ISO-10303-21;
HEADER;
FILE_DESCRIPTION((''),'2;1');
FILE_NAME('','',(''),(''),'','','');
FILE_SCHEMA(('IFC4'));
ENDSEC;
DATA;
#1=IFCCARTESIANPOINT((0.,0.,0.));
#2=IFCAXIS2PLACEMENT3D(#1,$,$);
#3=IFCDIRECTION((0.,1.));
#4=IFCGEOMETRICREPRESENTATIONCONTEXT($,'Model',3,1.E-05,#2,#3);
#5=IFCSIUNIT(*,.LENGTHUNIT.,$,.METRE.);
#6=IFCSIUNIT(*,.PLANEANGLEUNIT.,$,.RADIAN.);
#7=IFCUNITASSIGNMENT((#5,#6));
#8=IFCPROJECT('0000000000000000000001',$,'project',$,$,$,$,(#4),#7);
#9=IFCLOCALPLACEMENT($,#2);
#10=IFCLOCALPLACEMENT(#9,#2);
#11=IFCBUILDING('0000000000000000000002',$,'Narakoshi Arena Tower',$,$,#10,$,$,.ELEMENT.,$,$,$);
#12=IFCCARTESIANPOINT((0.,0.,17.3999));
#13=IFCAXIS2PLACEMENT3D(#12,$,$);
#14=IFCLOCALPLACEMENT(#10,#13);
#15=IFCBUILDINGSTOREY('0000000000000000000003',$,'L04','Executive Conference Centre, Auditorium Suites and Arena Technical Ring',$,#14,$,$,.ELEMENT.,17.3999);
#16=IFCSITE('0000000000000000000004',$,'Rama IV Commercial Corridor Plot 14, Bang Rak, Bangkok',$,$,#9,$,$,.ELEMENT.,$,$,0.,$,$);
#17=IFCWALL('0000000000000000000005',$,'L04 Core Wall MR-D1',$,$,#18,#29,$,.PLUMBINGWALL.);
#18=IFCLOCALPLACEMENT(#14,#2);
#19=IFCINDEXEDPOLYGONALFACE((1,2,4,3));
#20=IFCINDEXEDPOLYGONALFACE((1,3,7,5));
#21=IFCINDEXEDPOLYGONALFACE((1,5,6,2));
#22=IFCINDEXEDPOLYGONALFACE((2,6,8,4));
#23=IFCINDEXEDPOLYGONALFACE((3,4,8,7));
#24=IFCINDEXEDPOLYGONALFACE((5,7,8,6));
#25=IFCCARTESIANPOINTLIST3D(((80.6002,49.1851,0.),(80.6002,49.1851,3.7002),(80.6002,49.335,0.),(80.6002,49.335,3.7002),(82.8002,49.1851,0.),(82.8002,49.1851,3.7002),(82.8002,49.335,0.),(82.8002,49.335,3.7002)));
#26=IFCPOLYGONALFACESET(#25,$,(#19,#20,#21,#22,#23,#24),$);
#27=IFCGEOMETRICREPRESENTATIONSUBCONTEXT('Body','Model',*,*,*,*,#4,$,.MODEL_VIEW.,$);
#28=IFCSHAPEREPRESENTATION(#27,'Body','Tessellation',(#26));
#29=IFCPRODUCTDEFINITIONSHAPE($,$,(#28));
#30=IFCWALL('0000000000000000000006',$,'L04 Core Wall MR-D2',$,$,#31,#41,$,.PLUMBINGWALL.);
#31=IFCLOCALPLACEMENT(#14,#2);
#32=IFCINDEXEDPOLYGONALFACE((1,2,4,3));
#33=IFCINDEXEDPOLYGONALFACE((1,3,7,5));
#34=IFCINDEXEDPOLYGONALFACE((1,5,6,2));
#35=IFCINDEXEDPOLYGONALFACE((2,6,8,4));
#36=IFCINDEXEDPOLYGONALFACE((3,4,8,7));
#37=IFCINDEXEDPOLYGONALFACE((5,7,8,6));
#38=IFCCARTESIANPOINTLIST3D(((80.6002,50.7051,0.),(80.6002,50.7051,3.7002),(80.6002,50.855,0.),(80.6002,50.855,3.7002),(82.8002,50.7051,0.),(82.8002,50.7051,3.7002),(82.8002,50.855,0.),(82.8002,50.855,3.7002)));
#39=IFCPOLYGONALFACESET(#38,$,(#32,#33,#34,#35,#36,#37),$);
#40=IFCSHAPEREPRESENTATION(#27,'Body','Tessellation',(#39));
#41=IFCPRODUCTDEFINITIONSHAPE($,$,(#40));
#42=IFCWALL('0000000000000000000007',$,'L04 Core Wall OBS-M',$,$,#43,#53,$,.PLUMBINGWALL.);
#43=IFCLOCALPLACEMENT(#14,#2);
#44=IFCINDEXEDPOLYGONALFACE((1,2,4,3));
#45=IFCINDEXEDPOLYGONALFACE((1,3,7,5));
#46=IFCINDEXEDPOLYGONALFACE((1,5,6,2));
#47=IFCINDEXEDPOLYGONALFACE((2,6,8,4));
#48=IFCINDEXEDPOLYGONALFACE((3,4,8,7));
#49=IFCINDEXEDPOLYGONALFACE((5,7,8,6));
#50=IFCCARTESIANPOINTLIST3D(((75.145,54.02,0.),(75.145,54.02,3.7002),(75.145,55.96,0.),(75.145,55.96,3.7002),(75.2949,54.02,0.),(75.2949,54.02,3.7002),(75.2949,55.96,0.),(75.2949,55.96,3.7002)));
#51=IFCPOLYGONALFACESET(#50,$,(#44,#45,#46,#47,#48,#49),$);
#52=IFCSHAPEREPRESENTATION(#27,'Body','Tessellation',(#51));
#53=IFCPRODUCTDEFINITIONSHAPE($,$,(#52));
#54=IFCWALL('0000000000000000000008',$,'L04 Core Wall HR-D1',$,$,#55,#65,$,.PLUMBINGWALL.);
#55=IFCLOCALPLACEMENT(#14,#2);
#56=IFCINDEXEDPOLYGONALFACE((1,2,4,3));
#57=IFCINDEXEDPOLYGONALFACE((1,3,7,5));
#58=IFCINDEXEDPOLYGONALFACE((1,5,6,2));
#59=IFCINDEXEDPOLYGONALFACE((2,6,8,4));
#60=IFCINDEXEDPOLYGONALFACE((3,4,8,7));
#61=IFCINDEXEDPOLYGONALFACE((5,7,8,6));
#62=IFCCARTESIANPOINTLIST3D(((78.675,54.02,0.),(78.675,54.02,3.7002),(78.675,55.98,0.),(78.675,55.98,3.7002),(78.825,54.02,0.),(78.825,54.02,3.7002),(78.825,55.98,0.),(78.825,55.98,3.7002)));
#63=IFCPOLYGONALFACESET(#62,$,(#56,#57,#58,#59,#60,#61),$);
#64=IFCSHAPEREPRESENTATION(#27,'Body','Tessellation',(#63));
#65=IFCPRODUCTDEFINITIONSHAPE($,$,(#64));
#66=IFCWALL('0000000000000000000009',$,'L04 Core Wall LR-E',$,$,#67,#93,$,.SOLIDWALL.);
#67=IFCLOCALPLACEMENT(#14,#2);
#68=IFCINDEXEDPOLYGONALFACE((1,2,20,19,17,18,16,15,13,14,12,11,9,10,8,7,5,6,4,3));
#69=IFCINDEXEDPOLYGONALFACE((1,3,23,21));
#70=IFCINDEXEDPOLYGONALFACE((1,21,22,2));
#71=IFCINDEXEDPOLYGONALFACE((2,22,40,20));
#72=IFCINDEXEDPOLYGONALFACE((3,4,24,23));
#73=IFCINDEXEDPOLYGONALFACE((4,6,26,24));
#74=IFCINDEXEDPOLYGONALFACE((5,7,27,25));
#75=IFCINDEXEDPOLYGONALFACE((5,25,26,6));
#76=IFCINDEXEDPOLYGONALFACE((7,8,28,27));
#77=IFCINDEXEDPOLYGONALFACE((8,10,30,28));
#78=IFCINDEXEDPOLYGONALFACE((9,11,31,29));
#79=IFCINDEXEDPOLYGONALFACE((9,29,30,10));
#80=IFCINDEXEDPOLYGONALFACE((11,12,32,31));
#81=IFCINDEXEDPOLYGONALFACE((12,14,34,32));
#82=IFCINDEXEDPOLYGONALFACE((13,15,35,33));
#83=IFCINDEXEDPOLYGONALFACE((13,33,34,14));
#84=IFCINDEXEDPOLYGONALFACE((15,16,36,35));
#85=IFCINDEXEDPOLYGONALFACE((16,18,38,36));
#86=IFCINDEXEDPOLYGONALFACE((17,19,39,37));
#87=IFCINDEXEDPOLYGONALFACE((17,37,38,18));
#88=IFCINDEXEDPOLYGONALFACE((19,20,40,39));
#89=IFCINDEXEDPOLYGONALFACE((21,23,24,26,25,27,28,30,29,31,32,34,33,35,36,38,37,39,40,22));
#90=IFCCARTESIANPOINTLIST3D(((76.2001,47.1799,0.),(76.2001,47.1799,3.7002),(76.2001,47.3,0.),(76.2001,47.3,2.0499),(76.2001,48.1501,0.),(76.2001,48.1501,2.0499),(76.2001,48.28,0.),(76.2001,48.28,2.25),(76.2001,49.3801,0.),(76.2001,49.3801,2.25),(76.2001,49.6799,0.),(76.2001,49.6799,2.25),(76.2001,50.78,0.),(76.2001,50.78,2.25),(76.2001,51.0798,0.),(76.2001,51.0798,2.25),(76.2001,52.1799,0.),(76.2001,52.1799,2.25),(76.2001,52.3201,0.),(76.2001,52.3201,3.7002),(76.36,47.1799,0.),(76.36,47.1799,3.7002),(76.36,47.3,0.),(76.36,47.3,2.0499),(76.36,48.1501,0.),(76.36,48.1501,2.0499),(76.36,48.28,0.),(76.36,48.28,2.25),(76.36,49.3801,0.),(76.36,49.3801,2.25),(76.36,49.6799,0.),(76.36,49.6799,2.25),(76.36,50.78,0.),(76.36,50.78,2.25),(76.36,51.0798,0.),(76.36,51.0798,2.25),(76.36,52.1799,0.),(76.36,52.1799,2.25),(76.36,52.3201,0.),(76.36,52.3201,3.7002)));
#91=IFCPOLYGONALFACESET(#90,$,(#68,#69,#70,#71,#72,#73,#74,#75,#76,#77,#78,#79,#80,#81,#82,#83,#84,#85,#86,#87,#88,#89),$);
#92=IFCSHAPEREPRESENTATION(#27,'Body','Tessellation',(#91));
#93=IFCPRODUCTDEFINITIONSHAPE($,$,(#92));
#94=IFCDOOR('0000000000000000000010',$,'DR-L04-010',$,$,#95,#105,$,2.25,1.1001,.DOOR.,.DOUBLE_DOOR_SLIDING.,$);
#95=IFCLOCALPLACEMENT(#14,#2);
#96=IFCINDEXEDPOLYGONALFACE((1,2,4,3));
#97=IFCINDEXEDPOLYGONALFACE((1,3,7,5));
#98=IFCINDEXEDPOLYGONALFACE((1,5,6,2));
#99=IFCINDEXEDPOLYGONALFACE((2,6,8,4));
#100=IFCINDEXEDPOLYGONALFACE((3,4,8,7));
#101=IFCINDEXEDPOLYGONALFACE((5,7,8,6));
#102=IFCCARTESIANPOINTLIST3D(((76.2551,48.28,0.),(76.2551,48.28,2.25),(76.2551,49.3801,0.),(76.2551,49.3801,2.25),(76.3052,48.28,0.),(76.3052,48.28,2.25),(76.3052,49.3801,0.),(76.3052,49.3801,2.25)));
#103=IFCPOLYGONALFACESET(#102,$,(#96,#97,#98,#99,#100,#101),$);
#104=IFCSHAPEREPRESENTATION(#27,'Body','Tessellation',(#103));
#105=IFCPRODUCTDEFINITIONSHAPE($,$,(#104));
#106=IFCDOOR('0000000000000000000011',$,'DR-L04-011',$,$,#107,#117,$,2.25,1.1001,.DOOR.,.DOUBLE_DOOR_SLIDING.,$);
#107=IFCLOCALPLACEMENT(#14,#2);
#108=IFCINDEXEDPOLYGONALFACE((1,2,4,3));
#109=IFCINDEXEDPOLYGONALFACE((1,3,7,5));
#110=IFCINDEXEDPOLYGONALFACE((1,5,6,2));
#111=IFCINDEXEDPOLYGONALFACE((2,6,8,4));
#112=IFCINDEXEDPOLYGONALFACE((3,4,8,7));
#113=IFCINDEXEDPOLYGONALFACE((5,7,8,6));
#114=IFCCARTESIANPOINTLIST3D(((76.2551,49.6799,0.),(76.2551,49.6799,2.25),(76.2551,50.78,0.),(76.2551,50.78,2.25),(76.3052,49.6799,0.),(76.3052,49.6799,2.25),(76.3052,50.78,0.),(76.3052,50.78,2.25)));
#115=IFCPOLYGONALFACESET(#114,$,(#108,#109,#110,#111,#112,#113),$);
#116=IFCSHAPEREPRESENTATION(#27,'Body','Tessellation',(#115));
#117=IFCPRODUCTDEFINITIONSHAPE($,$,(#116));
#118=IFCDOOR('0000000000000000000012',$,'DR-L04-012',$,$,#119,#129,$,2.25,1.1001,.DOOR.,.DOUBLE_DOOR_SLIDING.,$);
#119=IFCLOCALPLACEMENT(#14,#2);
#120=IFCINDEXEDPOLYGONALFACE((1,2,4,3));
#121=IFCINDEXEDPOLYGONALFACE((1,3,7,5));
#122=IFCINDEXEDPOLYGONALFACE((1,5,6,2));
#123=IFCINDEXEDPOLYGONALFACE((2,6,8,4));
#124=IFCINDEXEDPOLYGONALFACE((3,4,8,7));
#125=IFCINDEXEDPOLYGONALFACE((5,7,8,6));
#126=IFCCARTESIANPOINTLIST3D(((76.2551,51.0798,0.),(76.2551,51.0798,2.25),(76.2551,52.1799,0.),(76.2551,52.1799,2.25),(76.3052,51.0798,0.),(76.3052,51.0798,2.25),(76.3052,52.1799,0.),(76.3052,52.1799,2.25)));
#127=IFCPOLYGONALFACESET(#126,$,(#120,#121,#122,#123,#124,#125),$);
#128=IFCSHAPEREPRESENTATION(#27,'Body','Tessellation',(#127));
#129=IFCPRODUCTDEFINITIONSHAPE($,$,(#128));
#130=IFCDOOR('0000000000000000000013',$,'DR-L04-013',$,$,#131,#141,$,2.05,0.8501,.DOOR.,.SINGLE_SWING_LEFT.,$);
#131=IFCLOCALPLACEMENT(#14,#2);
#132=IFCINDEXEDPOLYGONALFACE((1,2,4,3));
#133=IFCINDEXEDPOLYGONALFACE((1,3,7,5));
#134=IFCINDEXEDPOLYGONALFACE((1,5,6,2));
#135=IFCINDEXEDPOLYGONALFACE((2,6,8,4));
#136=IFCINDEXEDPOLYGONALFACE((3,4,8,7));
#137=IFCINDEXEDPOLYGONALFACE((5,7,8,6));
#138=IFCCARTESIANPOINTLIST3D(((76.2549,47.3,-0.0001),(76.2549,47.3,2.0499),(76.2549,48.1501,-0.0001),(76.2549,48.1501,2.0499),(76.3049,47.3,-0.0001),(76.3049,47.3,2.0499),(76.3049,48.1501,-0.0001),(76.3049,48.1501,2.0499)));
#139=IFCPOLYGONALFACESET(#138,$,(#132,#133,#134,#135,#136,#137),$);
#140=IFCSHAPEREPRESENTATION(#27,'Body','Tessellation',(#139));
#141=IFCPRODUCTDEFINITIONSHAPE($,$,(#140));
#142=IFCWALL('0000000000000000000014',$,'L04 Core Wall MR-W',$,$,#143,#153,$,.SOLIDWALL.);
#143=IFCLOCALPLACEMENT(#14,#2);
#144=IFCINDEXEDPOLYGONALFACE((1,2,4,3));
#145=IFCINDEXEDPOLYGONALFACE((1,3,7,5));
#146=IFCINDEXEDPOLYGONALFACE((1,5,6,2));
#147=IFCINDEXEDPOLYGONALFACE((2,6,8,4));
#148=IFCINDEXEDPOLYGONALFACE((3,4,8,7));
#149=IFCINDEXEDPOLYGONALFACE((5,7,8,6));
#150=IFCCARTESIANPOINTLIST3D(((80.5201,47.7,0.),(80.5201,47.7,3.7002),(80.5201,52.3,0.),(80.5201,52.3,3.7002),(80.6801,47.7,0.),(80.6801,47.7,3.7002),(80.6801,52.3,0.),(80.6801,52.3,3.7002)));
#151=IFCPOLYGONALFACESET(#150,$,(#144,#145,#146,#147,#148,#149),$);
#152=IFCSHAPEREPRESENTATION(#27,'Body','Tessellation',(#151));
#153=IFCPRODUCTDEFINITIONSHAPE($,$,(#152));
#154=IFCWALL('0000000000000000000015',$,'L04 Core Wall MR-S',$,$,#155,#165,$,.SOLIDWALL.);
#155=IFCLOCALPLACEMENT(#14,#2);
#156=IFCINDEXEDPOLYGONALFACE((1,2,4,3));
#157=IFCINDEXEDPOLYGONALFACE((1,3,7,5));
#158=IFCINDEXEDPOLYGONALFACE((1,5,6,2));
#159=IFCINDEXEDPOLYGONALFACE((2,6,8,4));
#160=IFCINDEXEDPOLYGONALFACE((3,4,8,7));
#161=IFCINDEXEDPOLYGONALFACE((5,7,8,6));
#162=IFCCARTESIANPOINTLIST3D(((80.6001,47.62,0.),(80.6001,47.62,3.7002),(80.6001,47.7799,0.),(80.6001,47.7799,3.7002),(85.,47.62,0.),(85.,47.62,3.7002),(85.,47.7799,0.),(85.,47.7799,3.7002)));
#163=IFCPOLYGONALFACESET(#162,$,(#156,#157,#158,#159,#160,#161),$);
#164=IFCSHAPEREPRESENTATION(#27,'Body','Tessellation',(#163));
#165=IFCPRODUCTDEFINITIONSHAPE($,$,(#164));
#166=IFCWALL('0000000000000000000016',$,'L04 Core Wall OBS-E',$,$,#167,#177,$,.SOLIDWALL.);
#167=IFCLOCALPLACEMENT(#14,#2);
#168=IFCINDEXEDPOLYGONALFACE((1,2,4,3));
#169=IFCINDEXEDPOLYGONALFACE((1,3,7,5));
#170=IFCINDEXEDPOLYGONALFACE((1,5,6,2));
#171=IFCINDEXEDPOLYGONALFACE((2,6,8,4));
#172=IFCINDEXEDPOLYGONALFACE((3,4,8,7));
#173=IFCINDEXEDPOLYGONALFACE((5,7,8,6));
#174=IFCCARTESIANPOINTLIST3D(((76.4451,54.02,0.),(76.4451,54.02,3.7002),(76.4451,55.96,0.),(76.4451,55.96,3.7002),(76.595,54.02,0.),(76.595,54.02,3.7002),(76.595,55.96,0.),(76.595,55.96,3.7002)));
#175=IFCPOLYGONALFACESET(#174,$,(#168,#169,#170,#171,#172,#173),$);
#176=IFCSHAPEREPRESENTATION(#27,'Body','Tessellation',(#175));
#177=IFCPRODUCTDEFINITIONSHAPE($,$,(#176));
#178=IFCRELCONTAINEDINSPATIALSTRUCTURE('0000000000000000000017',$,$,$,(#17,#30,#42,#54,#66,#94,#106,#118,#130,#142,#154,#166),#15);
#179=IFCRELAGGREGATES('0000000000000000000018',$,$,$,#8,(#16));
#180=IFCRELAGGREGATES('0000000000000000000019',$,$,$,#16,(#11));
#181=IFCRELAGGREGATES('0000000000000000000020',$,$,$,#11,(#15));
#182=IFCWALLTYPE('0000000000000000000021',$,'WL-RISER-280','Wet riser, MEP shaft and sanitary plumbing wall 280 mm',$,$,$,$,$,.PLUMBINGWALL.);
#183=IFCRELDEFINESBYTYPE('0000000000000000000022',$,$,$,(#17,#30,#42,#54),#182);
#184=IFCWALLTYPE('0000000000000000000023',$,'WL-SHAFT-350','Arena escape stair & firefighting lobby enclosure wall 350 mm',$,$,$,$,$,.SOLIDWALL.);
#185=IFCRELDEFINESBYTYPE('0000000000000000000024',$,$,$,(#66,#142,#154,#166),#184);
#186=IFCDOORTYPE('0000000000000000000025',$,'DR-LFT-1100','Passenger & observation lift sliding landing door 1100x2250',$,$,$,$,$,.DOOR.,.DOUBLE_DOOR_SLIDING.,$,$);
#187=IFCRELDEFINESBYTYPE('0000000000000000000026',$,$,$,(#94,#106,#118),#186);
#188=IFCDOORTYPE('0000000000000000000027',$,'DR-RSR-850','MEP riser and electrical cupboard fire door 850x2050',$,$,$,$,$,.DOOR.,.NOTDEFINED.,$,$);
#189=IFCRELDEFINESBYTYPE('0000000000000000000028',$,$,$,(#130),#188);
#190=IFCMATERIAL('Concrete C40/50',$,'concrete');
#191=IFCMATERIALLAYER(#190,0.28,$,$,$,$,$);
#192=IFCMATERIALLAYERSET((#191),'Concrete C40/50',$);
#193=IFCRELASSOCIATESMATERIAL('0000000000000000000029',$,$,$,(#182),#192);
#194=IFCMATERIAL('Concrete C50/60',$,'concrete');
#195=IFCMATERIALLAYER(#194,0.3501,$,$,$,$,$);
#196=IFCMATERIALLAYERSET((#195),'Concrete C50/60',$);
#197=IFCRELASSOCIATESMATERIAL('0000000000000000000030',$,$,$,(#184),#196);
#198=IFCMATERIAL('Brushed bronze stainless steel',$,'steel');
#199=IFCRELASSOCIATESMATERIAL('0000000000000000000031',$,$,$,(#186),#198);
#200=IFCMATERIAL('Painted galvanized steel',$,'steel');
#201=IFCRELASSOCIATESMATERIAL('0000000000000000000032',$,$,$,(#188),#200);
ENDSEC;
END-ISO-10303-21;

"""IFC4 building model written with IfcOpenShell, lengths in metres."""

from ifc_helpers import new_model, si_unit, direction, frame, frame_2d, origin, place, context, subcontext, project, spatial, rectangle, extrude, material, layer, layer_set, type_object, element, fill, save


model = new_model("IFC4")

# Units and contexts
model_context = context("Model", 3, precision=1e-05, world=origin(), true_north=direction((0.0, 1.0)))
body_context = subcontext(model_context, "Body", "Model", "MODEL_VIEW")
ifc_project = project(units=[si_unit("LENGTHUNIT", "METRE"), si_unit("PLANEANGLEUNIT", "RADIAN")], contexts=[model_context])

# Site, building, storey
site_placement = place(None, origin())
site = spatial("IfcSite", under=ifc_project, at=site_placement, Name="Rama IV Commercial Corridor Plot 14, Bang Rak, Bangkok", CompositionType="ELEMENT", RefElevation=0.0)
building_placement = place(site_placement, origin())
building = spatial("IfcBuilding", under=site, at=building_placement, Name="Narakoshi Arena Tower", CompositionType="ELEMENT")
storey_placement = place(building_placement, frame((0.0, 0.0, 17.3999)))
storey = spatial("IfcBuildingStorey", under=building, at=storey_placement, Name="L04", Description="Executive Conference Centre, Auditorium Suites and Arena Technical Ring", CompositionType="ELEMENT", Elevation=17.3999)

# Walls
ifc_material_1 = material(Name="Concrete C40/50", Category="concrete")
ifc_layer_1 = layer(ifc_material_1, 0.28)
ifc_layer_set_1 = layer_set([ifc_layer_1], Name="Concrete C40/50")
wall_type_1 = type_object("IfcWallType", Name="WL-RISER-280", Description="Wet riser, MEP shaft and sanitary plumbing wall 280 mm", PredefinedType="PLUMBINGWALL", material=ifc_layer_set_1)
for number, where, z_axis, x_axis, name in (
    (1, (80.6001, 49.26, 0.0), (0.0, 0.0, 1.0), (1.0, 0.0, 0.0), "L04 Core Wall MR-D1"),
    (2, (80.6001, 50.78, 0.0), (0.0, 0.0, 1.0), (1.0, 0.0, 0.0), "L04 Core Wall MR-D2"),
):
    element("IfcWall", number, at=place(storey_placement, frame(where, z_axis=z_axis, x_axis=x_axis)), inside=storey, type_object=wall_type_1, Name=name, PredefinedType="PLUMBINGWALL", context=body_context, shape_type="SweptSolid", body=[
        extrude(rectangle(XDim=2.2, YDim=0.1499, at=frame_2d((1.1001, 0.0))), origin(), (0.0, 0.0, 1.0), 3.7002),
    ])
wall_1_placement = place(storey_placement, frame((75.22, 54.02, 0.0), z_axis=(0.0, 0.0, 1.0), x_axis=(0.0, 1.0, 0.0)))
element("IfcWall", 3, at=wall_1_placement, inside=storey, type_object=wall_type_1, Name="L04 Core Wall OBS-M", PredefinedType="PLUMBINGWALL", context=body_context, shape_type="SweptSolid", body=[
    extrude(rectangle(XDim=1.9399, YDim=0.1499, at=frame_2d((0.97, 0.0))), origin(), (0.0, 0.0, 1.0), 3.7002),
])
wall_2_placement = place(storey_placement, frame((78.75, 54.02, 0.0), z_axis=(0.0, 0.0, 1.0), x_axis=(0.0, 1.0, 0.0)))
element("IfcWall", 4, at=wall_2_placement, inside=storey, type_object=wall_type_1, Name="L04 Core Wall HR-D1", PredefinedType="PLUMBINGWALL", context=body_context, shape_type="SweptSolid", body=[
    extrude(rectangle(XDim=1.96, YDim=0.1499, at=frame_2d((0.98, 0.0))), origin(), (0.0, 0.0, 1.0), 3.7002),
])

# Wall, openings, doors
ifc_material_2 = material(Name="Concrete C50/60", Category="concrete")
ifc_layer_2 = layer(ifc_material_2, 0.3501)
ifc_layer_set_2 = layer_set([ifc_layer_2], Name="Concrete C50/60")
wall_type_2 = type_object("IfcWallType", Name="WL-SHAFT-350", Description="Arena escape stair & firefighting lobby enclosure wall 350 mm", PredefinedType="SOLIDWALL", material=ifc_layer_set_2)
wall_3_placement = place(storey_placement, frame((76.28, 47.1799, 0.0), z_axis=(0.0, 0.0, 1.0), x_axis=(0.0, 1.0, 0.0)))
wall_3 = element("IfcWall", 5, at=wall_3_placement, inside=storey, type_object=wall_type_2, Name="L04 Core Wall LR-E", PredefinedType="SOLIDWALL", context=body_context, shape_type="SweptSolid", body=[
    extrude(rectangle(XDim=5.1401, YDim=0.1599, at=frame_2d((2.5701, 0.0))), origin(), (0.0, 0.0, 1.0), 3.7002),
])
opening_1_placement = place(wall_3_placement, frame((1.1001, 0.0, 0.0)))
opening_1 = element("IfcOpeningElement", 6, at=opening_1_placement, cuts=wall_3, PredefinedType="OPENING", context=body_context, shape_type="SweptSolid", body=[
    extrude(rectangle(XDim=1.1001, YDim=2.25, at=frame_2d((0.55, 1.125))), frame((0.0, 0.0898, 0.0), z_axis=(0.0, -1.0, 0.0), x_axis=(1.0, 0.0, 0.0)), (0.0, 0.0, 1.0), 0.1799),
])
opening_2_placement = place(wall_3_placement, frame((2.5, 0.0, 0.0)))
opening_2 = element("IfcOpeningElement", 7, at=opening_2_placement, cuts=wall_3, PredefinedType="OPENING", context=body_context, shape_type="SweptSolid", body=[
    extrude(rectangle(XDim=1.1001, YDim=2.25, at=frame_2d((0.55, 1.125))), frame((0.0, 0.0898, 0.0), z_axis=(0.0, -1.0, 0.0), x_axis=(1.0, 0.0, 0.0)), (0.0, 0.0, 1.0), 0.1799),
])
opening_3_placement = place(wall_3_placement, frame((3.8999, 0.0, 0.0)))
opening_3 = element("IfcOpeningElement", 8, at=opening_3_placement, cuts=wall_3, PredefinedType="OPENING", context=body_context, shape_type="SweptSolid", body=[
    extrude(rectangle(XDim=1.1001, YDim=2.25, at=frame_2d((0.55, 1.125))), frame((0.0, 0.0898, 0.0), z_axis=(0.0, -1.0, 0.0), x_axis=(1.0, 0.0, 0.0)), (0.0, 0.0, 1.0), 0.1799),
])
opening_4_placement = place(wall_3_placement, frame((0.1201, 0.0, 0.0)))
opening_4 = element("IfcOpeningElement", 9, at=opening_4_placement, cuts=wall_3, PredefinedType="OPENING", context=body_context, shape_type="SweptSolid", body=[
    extrude(rectangle(XDim=0.8501, YDim=2.05, at=frame_2d((0.425, 1.0249))), frame((0.0, 0.0898, 0.0), z_axis=(0.0, -1.0, 0.0), x_axis=(1.0, 0.0, 0.0)), (0.0, 0.0, 1.0), 0.1799),
])
ifc_material_3 = material(Name="Brushed bronze stainless steel", Category="steel")
door_type_1 = type_object("IfcDoorType", Name="DR-LFT-1100", Description="Passenger & observation lift sliding landing door 1100x2250", OperationType="DOUBLE_DOOR_SLIDING", PredefinedType="DOOR", material=ifc_material_3)
door_1_placement = place(opening_1_placement, origin())
door_1 = element("IfcDoor", 10, at=door_1_placement, inside=storey, type_object=door_type_1, Name="DR-L04-010", OperationType="DOUBLE_DOOR_SLIDING", OverallHeight=2.25, OverallWidth=1.1001, PredefinedType="DOOR", context=body_context, shape_type="SweptSolid", body=[
    extrude(rectangle(XDim=1.1001, YDim=2.25, at=frame_2d((0.55, 1.125))), frame((0.0, 0.0249, 0.0), z_axis=(0.0, -1.0, 0.0), x_axis=(1.0, 0.0, 0.0)), (0.0, 0.0, 1.0), 0.05),
])
fill(opening_1, door_1)
door_2_placement = place(opening_2_placement, origin())
door_2 = element("IfcDoor", 11, at=door_2_placement, inside=storey, type_object=door_type_1, Name="DR-L04-011", OperationType="DOUBLE_DOOR_SLIDING", OverallHeight=2.25, OverallWidth=1.1001, PredefinedType="DOOR", context=body_context, shape_type="SweptSolid", body=[
    extrude(rectangle(XDim=1.1001, YDim=2.25, at=frame_2d((0.55, 1.125))), frame((0.0, 0.0249, 0.0), z_axis=(0.0, -1.0, 0.0), x_axis=(1.0, 0.0, 0.0)), (0.0, 0.0, 1.0), 0.05),
])
fill(opening_2, door_2)
door_3_placement = place(opening_3_placement, origin())
door_3 = element("IfcDoor", 12, at=door_3_placement, inside=storey, type_object=door_type_1, Name="DR-L04-012", OperationType="DOUBLE_DOOR_SLIDING", OverallHeight=2.25, OverallWidth=1.1001, PredefinedType="DOOR", context=body_context, shape_type="SweptSolid", body=[
    extrude(rectangle(XDim=1.1001, YDim=2.25, at=frame_2d((0.55, 1.125))), frame((0.0, 0.0249, 0.0), z_axis=(0.0, -1.0, 0.0), x_axis=(1.0, 0.0, 0.0)), (0.0, 0.0, 1.0), 0.05),
])
fill(opening_3, door_3)
ifc_material_4 = material(Name="Painted galvanized steel", Category="steel")
door_type_2 = type_object("IfcDoorType", Name="DR-RSR-850", Description="MEP riser and electrical cupboard fire door 850x2050", OperationType="NOTDEFINED", PredefinedType="DOOR", material=ifc_material_4)
door_4_placement = place(opening_4_placement, frame((0.8501, 0.0, 0.0), z_axis=(0.0, 0.0, 1.0), x_axis=(-1.0, 0.0, 0.0)))
door_4 = element("IfcDoor", 13, at=door_4_placement, inside=storey, type_object=door_type_2, Name="DR-L04-013", OperationType="SINGLE_SWING_LEFT", OverallHeight=2.05, OverallWidth=0.8501, PredefinedType="DOOR", context=body_context, shape_type="SweptSolid", body=[
    extrude(rectangle(XDim=0.8501, YDim=2.05, at=frame_2d((0.425, 1.0249))), frame((0.0, 0.0249, 0.0), z_axis=(0.0, -1.0, 0.0), x_axis=(1.0, 0.0, 0.0)), (0.0, 0.0, 1.0), 0.05),
])
fill(opening_4, door_4)

# Walls
wall_4_placement = place(storey_placement, frame((80.6001, 47.7, 0.0), z_axis=(0.0, 0.0, 1.0), x_axis=(0.0, 1.0, 0.0)))
element("IfcWall", 14, at=wall_4_placement, inside=storey, type_object=wall_type_2, Name="L04 Core Wall MR-W", PredefinedType="SOLIDWALL", context=body_context, shape_type="SweptSolid", body=[
    extrude(rectangle(XDim=4.6001, YDim=0.1599, at=frame_2d((2.3, 0.0))), origin(), (0.0, 0.0, 1.0), 3.7002),
])
wall_5_placement = place(storey_placement, frame((80.6001, 47.7, 0.0), z_axis=(0.0, 0.0, 1.0), x_axis=(1.0, 0.0, 0.0)))
element("IfcWall", 15, at=wall_5_placement, inside=storey, type_object=wall_type_2, Name="L04 Core Wall MR-S", PredefinedType="SOLIDWALL", context=body_context, shape_type="SweptSolid", body=[
    extrude(rectangle(XDim=4.3999, YDim=0.1599, at=frame_2d((2.2, 0.0))), origin(), (0.0, 0.0, 1.0), 3.7002),
])
wall_6_placement = place(storey_placement, frame((76.52, 54.02, 0.0), z_axis=(0.0, 0.0, 1.0), x_axis=(0.0, 1.0, 0.0)))
element("IfcWall", 16, at=wall_6_placement, inside=storey, type_object=wall_type_2, Name="L04 Core Wall OBS-E", PredefinedType="SOLIDWALL", context=body_context, shape_type="SweptSolid", body=[
    extrude(rectangle(XDim=1.9399, YDim=0.1499, at=frame_2d((0.97, 0.0))), origin(), (0.0, 0.0, 1.0), 3.7002),
])

save(model, "model.ifc")
